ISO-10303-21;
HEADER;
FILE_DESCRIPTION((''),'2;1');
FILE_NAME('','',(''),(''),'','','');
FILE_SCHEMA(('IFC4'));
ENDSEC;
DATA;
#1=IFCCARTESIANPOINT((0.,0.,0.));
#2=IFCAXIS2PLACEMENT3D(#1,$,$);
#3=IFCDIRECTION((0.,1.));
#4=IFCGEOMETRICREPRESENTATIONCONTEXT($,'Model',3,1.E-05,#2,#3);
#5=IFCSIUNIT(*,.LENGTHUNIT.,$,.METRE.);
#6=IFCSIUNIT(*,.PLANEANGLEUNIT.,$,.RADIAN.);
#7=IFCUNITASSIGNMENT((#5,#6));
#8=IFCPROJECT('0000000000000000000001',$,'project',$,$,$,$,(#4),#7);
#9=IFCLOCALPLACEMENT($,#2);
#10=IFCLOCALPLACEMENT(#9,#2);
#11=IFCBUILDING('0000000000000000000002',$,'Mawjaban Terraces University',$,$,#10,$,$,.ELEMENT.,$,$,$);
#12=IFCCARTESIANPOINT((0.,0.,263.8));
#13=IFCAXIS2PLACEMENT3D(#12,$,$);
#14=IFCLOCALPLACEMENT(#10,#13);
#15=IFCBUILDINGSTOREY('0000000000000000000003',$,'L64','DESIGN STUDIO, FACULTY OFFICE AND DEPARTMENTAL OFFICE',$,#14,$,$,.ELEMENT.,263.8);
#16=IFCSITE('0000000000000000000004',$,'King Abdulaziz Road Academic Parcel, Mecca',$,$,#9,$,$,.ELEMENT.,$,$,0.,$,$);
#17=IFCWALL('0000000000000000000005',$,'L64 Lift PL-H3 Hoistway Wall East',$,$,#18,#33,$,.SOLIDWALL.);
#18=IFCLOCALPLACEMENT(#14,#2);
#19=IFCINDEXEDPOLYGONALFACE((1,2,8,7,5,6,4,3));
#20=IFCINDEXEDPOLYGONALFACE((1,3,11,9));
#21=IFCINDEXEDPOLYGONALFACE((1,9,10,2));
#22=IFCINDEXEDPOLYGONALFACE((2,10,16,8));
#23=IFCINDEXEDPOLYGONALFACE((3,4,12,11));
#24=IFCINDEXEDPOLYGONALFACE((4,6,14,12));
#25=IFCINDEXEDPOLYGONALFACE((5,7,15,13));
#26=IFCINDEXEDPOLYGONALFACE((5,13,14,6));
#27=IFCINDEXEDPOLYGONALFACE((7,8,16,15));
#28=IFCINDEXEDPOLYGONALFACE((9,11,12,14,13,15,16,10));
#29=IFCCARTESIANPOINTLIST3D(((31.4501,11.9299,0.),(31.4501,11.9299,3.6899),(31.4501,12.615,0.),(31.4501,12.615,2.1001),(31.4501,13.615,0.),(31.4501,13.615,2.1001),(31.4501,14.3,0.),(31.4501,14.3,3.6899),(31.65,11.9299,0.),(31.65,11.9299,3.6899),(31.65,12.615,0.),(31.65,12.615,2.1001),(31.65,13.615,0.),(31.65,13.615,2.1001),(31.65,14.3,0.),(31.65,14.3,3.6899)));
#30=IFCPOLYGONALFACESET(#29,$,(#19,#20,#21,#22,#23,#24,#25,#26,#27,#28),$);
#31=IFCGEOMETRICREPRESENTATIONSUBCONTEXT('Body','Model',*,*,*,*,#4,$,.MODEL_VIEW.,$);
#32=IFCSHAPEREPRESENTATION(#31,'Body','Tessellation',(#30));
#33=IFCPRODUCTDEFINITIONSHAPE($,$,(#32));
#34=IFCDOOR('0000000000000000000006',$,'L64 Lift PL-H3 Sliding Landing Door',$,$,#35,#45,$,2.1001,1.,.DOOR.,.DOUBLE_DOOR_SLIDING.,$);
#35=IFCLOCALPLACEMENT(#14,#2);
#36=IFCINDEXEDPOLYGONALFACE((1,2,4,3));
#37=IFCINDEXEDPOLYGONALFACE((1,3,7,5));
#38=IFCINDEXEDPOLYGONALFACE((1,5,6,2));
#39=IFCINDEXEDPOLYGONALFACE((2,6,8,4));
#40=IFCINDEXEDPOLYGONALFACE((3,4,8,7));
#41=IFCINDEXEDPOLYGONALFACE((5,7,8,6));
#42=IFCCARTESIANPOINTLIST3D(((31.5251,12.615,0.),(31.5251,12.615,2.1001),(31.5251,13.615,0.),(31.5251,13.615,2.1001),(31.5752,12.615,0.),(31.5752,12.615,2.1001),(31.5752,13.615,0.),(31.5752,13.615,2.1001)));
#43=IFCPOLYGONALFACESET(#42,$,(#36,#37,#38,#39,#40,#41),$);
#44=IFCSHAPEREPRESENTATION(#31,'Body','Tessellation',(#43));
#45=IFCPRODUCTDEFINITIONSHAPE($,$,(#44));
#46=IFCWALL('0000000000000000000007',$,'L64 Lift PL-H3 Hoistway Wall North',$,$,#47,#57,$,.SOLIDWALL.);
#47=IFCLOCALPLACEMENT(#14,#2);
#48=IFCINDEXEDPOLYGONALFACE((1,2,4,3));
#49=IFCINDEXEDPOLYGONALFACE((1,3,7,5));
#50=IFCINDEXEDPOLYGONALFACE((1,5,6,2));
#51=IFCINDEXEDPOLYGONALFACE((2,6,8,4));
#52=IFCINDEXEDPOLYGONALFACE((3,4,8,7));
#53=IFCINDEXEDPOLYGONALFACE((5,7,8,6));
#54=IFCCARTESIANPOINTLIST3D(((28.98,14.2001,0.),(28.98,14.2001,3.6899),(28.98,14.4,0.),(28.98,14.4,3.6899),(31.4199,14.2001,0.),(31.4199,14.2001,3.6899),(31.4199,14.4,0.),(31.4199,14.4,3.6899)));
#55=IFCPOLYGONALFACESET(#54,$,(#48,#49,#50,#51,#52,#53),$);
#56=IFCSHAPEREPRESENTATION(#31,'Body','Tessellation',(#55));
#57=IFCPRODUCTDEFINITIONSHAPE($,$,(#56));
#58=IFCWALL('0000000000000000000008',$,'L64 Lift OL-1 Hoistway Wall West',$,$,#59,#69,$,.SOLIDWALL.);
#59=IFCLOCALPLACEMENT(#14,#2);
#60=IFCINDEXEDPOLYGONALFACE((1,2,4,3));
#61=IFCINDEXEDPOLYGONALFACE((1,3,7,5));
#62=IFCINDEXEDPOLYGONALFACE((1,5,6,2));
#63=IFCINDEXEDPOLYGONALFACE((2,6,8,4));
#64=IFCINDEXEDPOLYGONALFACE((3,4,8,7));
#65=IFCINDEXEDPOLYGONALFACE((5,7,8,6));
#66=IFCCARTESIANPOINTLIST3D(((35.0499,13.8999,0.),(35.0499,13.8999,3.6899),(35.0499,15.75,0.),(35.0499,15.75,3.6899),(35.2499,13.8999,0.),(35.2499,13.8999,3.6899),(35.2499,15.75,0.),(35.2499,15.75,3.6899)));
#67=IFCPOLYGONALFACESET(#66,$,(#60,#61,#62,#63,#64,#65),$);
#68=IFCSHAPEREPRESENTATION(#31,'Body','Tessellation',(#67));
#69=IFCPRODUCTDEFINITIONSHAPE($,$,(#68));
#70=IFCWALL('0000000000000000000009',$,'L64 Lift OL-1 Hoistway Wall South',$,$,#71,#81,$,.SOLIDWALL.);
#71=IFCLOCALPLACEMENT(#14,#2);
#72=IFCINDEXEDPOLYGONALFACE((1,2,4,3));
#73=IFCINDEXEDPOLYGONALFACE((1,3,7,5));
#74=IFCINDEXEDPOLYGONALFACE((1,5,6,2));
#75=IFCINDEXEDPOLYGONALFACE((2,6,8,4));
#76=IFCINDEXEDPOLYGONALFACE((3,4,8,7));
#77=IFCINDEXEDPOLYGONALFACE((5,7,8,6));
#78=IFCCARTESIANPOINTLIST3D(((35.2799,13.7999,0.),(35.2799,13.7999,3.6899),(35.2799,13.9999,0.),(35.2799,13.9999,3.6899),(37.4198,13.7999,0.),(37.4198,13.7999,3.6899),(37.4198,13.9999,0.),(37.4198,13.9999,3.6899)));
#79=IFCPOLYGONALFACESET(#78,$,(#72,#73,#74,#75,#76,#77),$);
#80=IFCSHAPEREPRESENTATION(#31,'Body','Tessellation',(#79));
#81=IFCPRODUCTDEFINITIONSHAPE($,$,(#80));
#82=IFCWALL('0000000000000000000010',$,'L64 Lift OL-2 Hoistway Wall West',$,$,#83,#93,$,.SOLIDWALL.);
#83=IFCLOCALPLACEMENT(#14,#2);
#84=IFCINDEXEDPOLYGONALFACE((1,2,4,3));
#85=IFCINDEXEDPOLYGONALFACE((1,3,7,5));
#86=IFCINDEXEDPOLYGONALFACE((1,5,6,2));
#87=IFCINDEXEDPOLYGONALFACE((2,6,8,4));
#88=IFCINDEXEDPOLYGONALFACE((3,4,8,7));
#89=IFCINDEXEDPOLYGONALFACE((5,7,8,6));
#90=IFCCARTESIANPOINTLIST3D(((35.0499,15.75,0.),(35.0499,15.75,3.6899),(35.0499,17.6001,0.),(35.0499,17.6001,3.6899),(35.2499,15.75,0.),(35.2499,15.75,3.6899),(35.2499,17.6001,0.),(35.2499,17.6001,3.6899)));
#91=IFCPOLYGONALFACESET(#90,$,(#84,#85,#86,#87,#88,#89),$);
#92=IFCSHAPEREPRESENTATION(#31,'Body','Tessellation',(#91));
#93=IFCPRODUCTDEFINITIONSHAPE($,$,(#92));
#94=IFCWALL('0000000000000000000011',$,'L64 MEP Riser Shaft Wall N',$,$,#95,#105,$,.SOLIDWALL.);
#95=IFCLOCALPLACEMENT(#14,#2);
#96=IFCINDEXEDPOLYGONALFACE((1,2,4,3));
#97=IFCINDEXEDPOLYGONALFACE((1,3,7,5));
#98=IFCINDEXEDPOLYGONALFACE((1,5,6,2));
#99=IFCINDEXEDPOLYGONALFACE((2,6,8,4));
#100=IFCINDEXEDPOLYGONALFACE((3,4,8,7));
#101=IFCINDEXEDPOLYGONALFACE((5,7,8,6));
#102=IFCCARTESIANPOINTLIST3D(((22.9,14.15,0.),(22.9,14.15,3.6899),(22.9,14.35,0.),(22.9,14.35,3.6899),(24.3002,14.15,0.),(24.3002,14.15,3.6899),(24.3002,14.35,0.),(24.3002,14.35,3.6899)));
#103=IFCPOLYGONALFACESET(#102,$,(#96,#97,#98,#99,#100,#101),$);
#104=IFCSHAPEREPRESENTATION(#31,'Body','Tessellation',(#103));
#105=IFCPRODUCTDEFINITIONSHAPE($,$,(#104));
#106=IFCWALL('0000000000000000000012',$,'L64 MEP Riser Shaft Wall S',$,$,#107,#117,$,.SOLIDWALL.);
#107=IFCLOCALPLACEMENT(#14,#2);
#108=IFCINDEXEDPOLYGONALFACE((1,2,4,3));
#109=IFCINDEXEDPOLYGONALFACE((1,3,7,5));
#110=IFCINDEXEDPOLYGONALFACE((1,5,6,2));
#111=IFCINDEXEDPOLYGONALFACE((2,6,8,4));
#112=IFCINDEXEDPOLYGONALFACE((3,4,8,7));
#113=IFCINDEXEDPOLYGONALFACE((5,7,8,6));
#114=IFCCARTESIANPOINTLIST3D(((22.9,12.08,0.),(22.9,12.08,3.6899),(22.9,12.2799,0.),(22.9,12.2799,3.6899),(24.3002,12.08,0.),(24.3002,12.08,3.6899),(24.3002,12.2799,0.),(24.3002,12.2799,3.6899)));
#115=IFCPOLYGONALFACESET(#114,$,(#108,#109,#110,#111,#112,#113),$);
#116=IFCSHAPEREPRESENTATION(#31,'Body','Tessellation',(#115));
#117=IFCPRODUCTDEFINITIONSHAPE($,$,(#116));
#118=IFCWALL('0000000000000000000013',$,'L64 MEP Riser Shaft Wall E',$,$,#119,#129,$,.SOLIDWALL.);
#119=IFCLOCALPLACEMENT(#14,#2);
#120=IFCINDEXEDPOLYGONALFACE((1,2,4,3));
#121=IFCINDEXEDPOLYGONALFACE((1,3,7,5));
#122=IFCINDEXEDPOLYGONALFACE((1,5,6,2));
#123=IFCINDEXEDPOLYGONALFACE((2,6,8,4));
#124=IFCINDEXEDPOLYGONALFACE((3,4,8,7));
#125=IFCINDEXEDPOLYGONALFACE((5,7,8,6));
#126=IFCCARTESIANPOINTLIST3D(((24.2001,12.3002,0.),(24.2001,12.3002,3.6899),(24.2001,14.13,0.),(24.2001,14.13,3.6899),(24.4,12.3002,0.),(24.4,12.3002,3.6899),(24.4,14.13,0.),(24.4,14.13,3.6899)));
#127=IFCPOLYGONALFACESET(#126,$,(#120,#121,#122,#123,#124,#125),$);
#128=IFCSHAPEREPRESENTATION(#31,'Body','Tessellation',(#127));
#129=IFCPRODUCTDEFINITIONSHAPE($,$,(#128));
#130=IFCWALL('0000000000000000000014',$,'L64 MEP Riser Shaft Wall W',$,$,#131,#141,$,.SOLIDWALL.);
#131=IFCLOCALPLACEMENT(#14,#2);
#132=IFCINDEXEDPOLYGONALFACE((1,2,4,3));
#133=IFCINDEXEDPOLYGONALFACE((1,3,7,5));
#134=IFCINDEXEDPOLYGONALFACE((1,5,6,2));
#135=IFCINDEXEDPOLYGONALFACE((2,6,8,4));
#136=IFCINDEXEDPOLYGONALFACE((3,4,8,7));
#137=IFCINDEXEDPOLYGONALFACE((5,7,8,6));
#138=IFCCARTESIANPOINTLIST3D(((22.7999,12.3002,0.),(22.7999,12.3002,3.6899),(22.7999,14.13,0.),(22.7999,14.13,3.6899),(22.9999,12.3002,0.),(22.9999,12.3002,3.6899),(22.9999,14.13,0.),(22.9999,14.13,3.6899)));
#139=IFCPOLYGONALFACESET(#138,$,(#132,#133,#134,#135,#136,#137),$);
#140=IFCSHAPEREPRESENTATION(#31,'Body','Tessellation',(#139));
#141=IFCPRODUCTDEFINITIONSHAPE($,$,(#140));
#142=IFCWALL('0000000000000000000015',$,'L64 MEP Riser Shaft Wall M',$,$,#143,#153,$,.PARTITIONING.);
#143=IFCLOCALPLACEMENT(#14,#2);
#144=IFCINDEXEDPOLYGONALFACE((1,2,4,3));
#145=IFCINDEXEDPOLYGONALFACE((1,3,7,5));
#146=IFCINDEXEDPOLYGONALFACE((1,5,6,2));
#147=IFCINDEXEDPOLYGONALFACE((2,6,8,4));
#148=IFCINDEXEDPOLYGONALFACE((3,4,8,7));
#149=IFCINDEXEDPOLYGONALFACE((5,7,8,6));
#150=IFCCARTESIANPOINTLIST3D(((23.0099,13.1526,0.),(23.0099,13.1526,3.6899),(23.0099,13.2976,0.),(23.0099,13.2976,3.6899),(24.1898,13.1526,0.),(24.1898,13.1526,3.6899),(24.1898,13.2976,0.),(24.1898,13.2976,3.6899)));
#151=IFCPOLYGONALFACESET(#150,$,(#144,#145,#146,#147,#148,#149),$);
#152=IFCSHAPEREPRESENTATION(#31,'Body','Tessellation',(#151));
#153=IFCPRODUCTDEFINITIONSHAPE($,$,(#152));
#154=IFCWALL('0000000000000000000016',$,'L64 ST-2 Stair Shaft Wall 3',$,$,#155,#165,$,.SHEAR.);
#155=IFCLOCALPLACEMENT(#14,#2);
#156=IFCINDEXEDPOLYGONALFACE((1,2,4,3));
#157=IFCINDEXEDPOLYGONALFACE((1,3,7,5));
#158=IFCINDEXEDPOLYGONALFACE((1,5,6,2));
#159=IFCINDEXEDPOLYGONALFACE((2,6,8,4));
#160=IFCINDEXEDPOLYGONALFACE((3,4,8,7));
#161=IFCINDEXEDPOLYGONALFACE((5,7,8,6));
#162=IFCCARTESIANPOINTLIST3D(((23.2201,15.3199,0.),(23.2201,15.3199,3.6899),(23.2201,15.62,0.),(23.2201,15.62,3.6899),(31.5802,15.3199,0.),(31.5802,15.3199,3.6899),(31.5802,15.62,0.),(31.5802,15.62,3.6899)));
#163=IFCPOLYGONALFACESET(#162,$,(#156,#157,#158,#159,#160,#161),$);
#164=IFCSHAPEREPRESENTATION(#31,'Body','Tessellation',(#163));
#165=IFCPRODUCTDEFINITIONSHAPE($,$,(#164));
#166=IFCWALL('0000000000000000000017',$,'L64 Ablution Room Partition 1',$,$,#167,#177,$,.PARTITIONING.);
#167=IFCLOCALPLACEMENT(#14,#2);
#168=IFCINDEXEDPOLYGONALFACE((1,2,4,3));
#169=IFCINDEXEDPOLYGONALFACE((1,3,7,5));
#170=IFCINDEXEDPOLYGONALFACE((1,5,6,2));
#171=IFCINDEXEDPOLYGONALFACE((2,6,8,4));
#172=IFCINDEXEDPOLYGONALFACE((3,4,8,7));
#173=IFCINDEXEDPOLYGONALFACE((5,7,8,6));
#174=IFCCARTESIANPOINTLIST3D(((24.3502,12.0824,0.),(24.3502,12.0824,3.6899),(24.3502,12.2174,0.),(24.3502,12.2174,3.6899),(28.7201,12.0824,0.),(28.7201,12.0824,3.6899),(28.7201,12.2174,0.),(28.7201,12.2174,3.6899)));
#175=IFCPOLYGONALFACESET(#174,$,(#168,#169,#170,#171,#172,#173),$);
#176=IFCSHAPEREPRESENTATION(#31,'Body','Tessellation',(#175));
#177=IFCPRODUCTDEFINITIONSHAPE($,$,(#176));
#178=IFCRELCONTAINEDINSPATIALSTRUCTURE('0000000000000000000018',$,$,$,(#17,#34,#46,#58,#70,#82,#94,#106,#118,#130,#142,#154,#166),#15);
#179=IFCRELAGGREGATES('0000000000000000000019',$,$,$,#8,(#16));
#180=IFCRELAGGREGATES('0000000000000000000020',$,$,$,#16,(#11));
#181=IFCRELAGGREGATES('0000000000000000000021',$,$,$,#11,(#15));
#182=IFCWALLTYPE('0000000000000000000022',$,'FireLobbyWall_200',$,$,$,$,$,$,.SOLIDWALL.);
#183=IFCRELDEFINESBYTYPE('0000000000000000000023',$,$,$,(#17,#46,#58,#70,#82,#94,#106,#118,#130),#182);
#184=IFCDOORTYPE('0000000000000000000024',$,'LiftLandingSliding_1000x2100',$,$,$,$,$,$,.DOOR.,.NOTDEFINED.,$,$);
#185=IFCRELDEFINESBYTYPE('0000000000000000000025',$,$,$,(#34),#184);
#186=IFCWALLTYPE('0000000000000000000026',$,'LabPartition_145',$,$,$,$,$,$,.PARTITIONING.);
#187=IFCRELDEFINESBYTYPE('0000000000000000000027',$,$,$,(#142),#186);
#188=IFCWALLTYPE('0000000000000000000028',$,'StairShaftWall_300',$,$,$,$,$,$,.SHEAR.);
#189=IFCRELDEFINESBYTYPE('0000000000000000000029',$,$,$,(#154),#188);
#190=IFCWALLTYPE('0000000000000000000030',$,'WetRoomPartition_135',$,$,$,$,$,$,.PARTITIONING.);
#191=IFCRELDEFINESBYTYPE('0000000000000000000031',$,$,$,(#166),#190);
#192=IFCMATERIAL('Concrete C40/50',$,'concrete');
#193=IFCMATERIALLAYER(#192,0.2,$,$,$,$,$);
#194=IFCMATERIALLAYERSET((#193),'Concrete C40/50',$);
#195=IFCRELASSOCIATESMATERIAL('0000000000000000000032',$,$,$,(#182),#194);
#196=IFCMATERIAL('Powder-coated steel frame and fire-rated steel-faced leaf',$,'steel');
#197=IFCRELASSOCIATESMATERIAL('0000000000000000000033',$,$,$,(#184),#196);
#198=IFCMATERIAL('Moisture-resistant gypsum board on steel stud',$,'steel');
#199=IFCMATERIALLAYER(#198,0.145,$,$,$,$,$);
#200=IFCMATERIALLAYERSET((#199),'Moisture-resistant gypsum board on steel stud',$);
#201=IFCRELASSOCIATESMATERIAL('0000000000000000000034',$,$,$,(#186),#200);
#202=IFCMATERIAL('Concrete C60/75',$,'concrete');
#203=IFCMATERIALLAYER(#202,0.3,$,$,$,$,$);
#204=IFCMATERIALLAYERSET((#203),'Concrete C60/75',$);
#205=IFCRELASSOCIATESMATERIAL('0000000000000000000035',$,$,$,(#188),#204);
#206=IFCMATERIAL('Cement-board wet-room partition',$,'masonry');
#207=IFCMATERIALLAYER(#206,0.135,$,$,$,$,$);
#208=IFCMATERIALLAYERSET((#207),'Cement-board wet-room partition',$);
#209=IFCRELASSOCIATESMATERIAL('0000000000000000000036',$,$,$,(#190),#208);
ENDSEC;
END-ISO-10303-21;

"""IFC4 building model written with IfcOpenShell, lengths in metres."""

from ifc_helpers import new_model, si_unit, direction, frame, frame_2d, origin, place, context, subcontext, project, spatial, rectangle, extrude, material, layer, layer_set, type_object, element, fill, save


model = new_model("IFC4")

# Units and contexts
model_context = context("Model", 3, precision=1e-05, world=origin(), true_north=direction((0.0, 1.0)))
body_context = subcontext(model_context, "Body", "Model", "MODEL_VIEW")
ifc_project = project(units=[si_unit("LENGTHUNIT", "METRE"), si_unit("PLANEANGLEUNIT", "RADIAN")], contexts=[model_context])

# Site, building, storey
site_placement = place(None, origin())
site = spatial("IfcSite", under=ifc_project, at=site_placement, Name="King Abdulaziz Road Academic Parcel, Mecca", CompositionType="ELEMENT", RefElevation=0.0)
building_placement = place(site_placement, origin())
building = spatial("IfcBuilding", under=site, at=building_placement, Name="Mawjaban Terraces University", CompositionType="ELEMENT")
storey_placement = place(building_placement, frame((0.0, 0.0, 263.8)))
storey = spatial("IfcBuildingStorey", under=building, at=storey_placement, Name="L64", Description="DESIGN STUDIO, FACULTY OFFICE AND DEPARTMENTAL OFFICE", CompositionType="ELEMENT", Elevation=263.8)

# Shared definitions
ifc_material_1 = material(Name="Concrete C40/50", Category="concrete")
ifc_layer_1 = layer(ifc_material_1, 0.2)
ifc_layer_set_1 = layer_set([ifc_layer_1], Name="Concrete C40/50")
wall_type_1 = type_object("IfcWallType", Name="FireLobbyWall_200", PredefinedType="SOLIDWALL", material=ifc_layer_set_1)
ifc_material_2 = material(Name="Powder-coated steel frame and fire-rated steel-faced leaf", Category="steel")
door_type_1 = type_object("IfcDoorType", Name="LiftLandingSliding_1000x2100", OperationType="NOTDEFINED", PredefinedType="DOOR", material=ifc_material_2)

# Wall, opening, door
wall_1_placement = place(storey_placement, frame((31.55, 11.9299, 0.0), z_axis=(0.0, 0.0, 1.0), x_axis=(0.0, 1.0, 0.0)))
wall_1 = element("IfcWall", 1, at=wall_1_placement, inside=storey, type_object=wall_type_1, Name="L64 Lift PL-H3 Hoistway Wall East", PredefinedType="SOLIDWALL", context=body_context, shape_type="SweptSolid", body=[
    extrude(rectangle(XDim=2.3701, YDim=0.2, at=frame_2d((1.1851, 0.0))), origin(), (0.0, 0.0, 1.0), 3.6899),
])
opening_1_placement = place(wall_1_placement, frame((0.6851, 0.0, 0.0)))
opening_1 = element("IfcOpeningElement", 2, at=opening_1_placement, cuts=wall_1, PredefinedType="OPENING", context=body_context, shape_type="SweptSolid", body=[
    extrude(rectangle(XDim=1.0, YDim=2.1001, at=frame_2d((0.5, 1.05))), frame((0.0, 0.1099, 0.0), z_axis=(0.0, -1.0, 0.0), x_axis=(1.0, 0.0, 0.0)), (0.0, 0.0, 1.0), 0.22),
])
door_1_placement = place(opening_1_placement, origin())
door_1 = element("IfcDoor", 3, at=door_1_placement, inside=storey, type_object=door_type_1, Name="L64 Lift PL-H3 Sliding Landing Door", OperationType="DOUBLE_DOOR_SLIDING", OverallHeight=2.1001, OverallWidth=1.0, PredefinedType="DOOR", context=body_context, shape_type="SweptSolid", body=[
    extrude(rectangle(XDim=1.0, YDim=2.1001, at=frame_2d((0.5, 1.05))), frame((0.0, 0.0249, 0.0), z_axis=(0.0, -1.0, 0.0), x_axis=(1.0, 0.0, 0.0)), (0.0, 0.0, 1.0), 0.05),
])
fill(opening_1, door_1)

# Walls
wall_2_placement = place(storey_placement, frame((31.4199, 14.3, 0.0), z_axis=(0.0, 0.0, 1.0), x_axis=(-1.0, 0.0, 0.0)))
element("IfcWall", 4, at=wall_2_placement, inside=storey, type_object=wall_type_1, Name="L64 Lift PL-H3 Hoistway Wall North", PredefinedType="SOLIDWALL", context=body_context, shape_type="SweptSolid", body=[
    extrude(rectangle(XDim=2.4399, YDim=0.2, at=frame_2d((1.22, 0.0))), origin(), (0.0, 0.0, 1.0), 3.6899),
])
wall_3_placement = place(storey_placement, frame((35.1499, 15.75, 0.0), z_axis=(0.0, 0.0, 1.0), x_axis=(0.0, -1.0, 0.0)))
element("IfcWall", 5, at=wall_3_placement, inside=storey, type_object=wall_type_1, Name="L64 Lift OL-1 Hoistway Wall West", PredefinedType="SOLIDWALL", context=body_context, shape_type="SweptSolid", body=[
    extrude(rectangle(XDim=1.8501, YDim=0.2, at=frame_2d((0.925, 0.0))), origin(), (0.0, 0.0, 1.0), 3.6899),
])
wall_4_placement = place(storey_placement, frame((35.28, 13.8999, 0.0), z_axis=(0.0, 0.0, 1.0), x_axis=(1.0, 0.0, 0.0)))
element("IfcWall", 6, at=wall_4_placement, inside=storey, type_object=wall_type_1, Name="L64 Lift OL-1 Hoistway Wall South", PredefinedType="SOLIDWALL", context=body_context, shape_type="SweptSolid", body=[
    extrude(rectangle(XDim=2.1399, YDim=0.2, at=frame_2d((1.0698, 0.0))), origin(), (0.0, 0.0, 1.0), 3.6899),
])
wall_5_placement = place(storey_placement, frame((35.1499, 17.6001, 0.0), z_axis=(0.0, 0.0, 1.0), x_axis=(0.0, -1.0, 0.0)))
element("IfcWall", 7, at=wall_5_placement, inside=storey, type_object=wall_type_1, Name="L64 Lift OL-2 Hoistway Wall West", PredefinedType="SOLIDWALL", context=body_context, shape_type="SweptSolid", body=[
    extrude(rectangle(XDim=1.8501, YDim=0.2, at=frame_2d((0.925, 0.0))), origin(), (0.0, 0.0, 1.0), 3.6899),
])
for number, where, z_axis, x_axis, name in (
    (8, (22.8999, 14.25, 0.0), (0.0, 0.0, 1.0), (1.0, 0.0, 0.0), "L64 MEP Riser Shaft Wall N"),
    (9, (22.8999, 12.1799, 0.0), (0.0, 0.0, 1.0), (1.0, 0.0, 0.0), "L64 MEP Riser Shaft Wall S"),
):
    element("IfcWall", number, at=place(storey_placement, frame(where, z_axis=z_axis, x_axis=x_axis)), inside=storey, type_object=wall_type_1, Name=name, PredefinedType="SOLIDWALL", context=body_context, shape_type="SweptSolid", body=[
        extrude(rectangle(XDim=1.4001, YDim=0.2, at=frame_2d((0.7002, 0.0))), origin(), (0.0, 0.0, 1.0), 3.6899),
    ])
for number, where, z_axis, x_axis, name in (
    (10, (24.3, 12.3, 0.0), (0.0, 0.0, 1.0), (0.0, 1.0, 0.0), "L64 MEP Riser Shaft Wall E"),
    (11, (22.8999, 12.3, 0.0), (0.0, 0.0, 1.0), (0.0, 1.0, 0.0), "L64 MEP Riser Shaft Wall W"),
):
    element("IfcWall", number, at=place(storey_placement, frame(where, z_axis=z_axis, x_axis=x_axis)), inside=storey, type_object=wall_type_1, Name=name, PredefinedType="SOLIDWALL", context=body_context, shape_type="SweptSolid", body=[
        extrude(rectangle(XDim=1.8298, YDim=0.2, at=frame_2d((0.915, 0.0))), origin(), (0.0, 0.0, 1.0), 3.6899),
    ])
ifc_material_3 = material(Name="Moisture-resistant gypsum board on steel stud", Category="steel")
ifc_layer_2 = layer(ifc_material_3, 0.145)
ifc_layer_set_2 = layer_set([ifc_layer_2], Name="Moisture-resistant gypsum board on steel stud")
wall_type_2 = type_object("IfcWallType", Name="LabPartition_145", PredefinedType="PARTITIONING", material=ifc_layer_set_2)
wall_6_placement = place(storey_placement, frame((23.01, 13.2251, 0.0), z_axis=(0.0, 0.0, 1.0), x_axis=(1.0, 0.0, 0.0)))
element("IfcWall", 12, at=wall_6_placement, inside=storey, type_object=wall_type_2, Name="L64 MEP Riser Shaft Wall M", PredefinedType="PARTITIONING", context=body_context, shape_type="SweptSolid", body=[
    extrude(rectangle(XDim=1.1799, YDim=0.145, at=frame_2d((0.5898, 0.0))), origin(), (0.0, 0.0, 1.0), 3.6899),
])
ifc_material_4 = material(Name="Concrete C60/75", Category="concrete")
ifc_layer_3 = layer(ifc_material_4, 0.3)
ifc_layer_set_3 = layer_set([ifc_layer_3], Name="Concrete C60/75")
wall_type_3 = type_object("IfcWallType", Name="StairShaftWall_300", PredefinedType="SHEAR", material=ifc_layer_set_3)
wall_7_placement = place(storey_placement, frame((23.22, 15.47, 0.0), z_axis=(0.0, 0.0, 1.0), x_axis=(1.0, 0.0, 0.0)))
element("IfcWall", 13, at=wall_7_placement, inside=storey, type_object=wall_type_3, Name="L64 ST-2 Stair Shaft Wall 3", PredefinedType="SHEAR", context=body_context, shape_type="SweptSolid", body=[
    extrude(rectangle(XDim=8.3601, YDim=0.3, at=frame_2d((4.1802, 0.0))), origin(), (0.0, 0.0, 1.0), 3.6899),
])

# Wall
ifc_material_5 = material(Name="Cement-board wet-room partition", Category="masonry")
ifc_layer_4 = layer(ifc_material_5, 0.135)
ifc_layer_set_4 = layer_set([ifc_layer_4], Name="Cement-board wet-room partition")
wall_type_4 = type_object("IfcWallType", Name="WetRoomPartition_135", PredefinedType="PARTITIONING", material=ifc_layer_set_4)
wall_8_placement = place(storey_placement, frame((24.3501, 12.1499, 0.0), z_axis=(0.0, 0.0, 1.0), x_axis=(1.0, 0.0, 0.0)))
element("IfcWall", 14, at=wall_8_placement, inside=storey, type_object=wall_type_4, Name="L64 Ablution Room Partition 1", PredefinedType="PARTITIONING", context=body_context, shape_type="SweptSolid", body=[
    extrude(rectangle(XDim=4.3699, YDim=0.135, at=frame_2d((2.1851, 0.0))), origin(), (0.0, 0.0, 1.0), 3.6899),
])

save(model, "model.ifc")
